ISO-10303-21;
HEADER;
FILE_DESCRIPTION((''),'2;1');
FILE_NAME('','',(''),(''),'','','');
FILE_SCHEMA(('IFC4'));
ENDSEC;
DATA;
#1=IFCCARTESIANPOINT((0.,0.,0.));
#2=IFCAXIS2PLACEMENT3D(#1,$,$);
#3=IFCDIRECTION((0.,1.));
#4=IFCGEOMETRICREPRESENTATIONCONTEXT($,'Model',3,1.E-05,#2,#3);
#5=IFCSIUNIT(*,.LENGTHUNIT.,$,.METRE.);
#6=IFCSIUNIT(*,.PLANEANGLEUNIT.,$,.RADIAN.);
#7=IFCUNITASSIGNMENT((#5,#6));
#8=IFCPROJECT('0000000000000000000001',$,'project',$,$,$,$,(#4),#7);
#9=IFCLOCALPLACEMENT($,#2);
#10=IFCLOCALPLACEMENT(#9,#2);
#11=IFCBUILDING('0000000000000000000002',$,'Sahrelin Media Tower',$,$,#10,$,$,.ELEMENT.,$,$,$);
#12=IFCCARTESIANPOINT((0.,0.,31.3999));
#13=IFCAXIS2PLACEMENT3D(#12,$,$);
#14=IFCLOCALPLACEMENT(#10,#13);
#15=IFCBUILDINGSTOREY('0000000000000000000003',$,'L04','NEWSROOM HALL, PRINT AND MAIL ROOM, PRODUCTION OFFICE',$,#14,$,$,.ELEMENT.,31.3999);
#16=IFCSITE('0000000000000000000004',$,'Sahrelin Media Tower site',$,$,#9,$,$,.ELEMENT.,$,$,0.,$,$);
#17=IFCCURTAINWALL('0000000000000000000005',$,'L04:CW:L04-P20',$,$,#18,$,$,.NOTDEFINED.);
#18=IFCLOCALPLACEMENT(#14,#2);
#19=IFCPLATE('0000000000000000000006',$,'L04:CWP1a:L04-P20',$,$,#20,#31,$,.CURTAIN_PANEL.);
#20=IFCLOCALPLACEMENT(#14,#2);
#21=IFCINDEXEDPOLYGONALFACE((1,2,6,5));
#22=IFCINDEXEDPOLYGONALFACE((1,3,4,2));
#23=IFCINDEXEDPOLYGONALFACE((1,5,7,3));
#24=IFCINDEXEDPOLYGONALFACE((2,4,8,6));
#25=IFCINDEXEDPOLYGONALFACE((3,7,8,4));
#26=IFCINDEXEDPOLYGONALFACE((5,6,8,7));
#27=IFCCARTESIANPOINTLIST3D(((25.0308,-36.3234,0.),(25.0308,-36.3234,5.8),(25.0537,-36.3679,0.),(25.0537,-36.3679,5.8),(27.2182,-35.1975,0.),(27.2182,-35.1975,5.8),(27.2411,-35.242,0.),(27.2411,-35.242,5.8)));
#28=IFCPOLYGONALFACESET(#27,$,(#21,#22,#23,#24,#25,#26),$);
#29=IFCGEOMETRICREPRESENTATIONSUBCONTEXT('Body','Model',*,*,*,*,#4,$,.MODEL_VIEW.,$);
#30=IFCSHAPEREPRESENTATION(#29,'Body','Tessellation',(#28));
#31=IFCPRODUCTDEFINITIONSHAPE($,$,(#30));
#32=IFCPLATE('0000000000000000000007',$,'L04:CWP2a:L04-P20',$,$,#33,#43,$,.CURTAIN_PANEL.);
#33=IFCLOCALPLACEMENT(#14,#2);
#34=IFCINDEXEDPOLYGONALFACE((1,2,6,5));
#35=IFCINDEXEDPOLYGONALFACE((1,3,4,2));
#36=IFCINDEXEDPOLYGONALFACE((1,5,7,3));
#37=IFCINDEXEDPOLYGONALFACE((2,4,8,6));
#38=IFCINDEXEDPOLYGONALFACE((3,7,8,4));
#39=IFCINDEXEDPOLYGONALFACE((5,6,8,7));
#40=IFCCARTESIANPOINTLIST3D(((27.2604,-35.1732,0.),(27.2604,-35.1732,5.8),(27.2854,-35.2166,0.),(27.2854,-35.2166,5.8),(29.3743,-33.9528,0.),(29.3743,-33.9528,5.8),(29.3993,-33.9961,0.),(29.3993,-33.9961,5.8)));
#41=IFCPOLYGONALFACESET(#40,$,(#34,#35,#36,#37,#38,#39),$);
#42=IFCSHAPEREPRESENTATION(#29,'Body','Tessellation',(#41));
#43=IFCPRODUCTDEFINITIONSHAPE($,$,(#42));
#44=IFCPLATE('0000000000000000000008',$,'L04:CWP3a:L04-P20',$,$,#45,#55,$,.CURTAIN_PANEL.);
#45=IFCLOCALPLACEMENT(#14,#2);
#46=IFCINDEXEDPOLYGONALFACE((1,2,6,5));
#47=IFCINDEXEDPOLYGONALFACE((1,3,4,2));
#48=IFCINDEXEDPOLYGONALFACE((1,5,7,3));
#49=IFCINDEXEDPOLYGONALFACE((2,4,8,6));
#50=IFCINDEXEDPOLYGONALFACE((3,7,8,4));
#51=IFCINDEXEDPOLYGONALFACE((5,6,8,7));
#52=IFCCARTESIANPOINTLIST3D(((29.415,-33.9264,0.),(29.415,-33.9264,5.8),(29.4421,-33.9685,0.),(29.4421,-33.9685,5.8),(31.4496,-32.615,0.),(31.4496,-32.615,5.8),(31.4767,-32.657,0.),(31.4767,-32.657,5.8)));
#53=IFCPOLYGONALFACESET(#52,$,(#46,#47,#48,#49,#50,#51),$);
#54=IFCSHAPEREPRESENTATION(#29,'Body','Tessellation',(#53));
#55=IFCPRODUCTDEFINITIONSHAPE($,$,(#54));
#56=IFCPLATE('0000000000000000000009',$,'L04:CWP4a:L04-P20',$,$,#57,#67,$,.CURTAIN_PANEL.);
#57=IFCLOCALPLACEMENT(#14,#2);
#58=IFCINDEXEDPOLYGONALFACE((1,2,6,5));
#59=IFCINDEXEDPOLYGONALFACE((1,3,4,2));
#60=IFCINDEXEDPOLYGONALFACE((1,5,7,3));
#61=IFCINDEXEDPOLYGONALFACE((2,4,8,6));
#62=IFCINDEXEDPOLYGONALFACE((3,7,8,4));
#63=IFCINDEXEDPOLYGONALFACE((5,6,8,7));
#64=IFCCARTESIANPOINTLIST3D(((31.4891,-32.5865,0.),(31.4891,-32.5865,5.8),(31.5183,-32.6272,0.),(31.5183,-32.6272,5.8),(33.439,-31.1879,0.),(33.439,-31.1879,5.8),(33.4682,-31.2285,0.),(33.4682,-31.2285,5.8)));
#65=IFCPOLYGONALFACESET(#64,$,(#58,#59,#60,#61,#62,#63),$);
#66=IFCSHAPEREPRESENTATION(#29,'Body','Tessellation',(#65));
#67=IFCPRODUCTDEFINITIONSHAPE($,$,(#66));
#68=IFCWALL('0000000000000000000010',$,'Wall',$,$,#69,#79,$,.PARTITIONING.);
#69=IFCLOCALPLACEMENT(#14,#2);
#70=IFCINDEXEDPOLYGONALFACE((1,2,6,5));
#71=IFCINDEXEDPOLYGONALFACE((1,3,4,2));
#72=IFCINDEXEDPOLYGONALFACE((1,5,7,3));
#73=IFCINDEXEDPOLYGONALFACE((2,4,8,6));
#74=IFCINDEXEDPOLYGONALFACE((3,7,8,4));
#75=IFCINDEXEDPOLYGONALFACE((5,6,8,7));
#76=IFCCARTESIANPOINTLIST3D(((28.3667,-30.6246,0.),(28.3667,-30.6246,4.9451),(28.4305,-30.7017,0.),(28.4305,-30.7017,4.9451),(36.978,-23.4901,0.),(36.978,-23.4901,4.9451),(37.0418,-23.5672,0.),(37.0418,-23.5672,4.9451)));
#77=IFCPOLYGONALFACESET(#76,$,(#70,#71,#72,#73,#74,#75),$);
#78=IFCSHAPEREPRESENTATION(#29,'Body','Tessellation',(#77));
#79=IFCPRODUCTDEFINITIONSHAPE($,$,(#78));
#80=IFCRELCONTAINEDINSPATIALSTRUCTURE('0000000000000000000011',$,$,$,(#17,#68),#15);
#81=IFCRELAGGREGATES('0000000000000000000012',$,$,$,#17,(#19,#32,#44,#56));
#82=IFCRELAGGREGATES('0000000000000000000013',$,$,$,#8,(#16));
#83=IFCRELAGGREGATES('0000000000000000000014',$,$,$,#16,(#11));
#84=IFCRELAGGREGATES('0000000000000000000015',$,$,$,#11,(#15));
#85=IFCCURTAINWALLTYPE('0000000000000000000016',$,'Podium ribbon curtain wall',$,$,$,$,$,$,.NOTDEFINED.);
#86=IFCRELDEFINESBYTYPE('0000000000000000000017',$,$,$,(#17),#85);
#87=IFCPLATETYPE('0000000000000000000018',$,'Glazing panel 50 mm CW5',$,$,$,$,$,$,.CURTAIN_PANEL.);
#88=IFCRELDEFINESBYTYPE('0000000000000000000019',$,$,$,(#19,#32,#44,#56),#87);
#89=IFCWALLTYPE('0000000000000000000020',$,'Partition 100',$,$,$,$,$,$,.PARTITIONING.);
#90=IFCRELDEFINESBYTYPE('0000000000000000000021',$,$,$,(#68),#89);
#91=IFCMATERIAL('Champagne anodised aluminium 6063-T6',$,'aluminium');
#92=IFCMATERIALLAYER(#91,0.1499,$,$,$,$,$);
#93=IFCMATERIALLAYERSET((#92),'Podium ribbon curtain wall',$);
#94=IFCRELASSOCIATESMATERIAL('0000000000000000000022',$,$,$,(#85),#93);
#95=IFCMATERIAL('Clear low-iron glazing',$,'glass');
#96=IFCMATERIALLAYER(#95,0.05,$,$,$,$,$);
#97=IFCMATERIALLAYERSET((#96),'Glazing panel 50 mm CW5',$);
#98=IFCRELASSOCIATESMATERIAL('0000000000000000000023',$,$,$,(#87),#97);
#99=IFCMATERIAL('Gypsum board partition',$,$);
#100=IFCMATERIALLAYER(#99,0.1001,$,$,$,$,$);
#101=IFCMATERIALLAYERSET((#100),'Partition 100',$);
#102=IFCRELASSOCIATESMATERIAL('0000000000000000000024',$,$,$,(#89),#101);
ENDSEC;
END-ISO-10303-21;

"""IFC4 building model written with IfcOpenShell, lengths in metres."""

from ifc_helpers import new_model, si_unit, direction, frame, frame_2d, origin, place, context, subcontext, project, spatial, polyline, rectangle, outline, extrude, material, layer, layer_set, type_object, element, aggregate, save


model = new_model("IFC4")

# Units and contexts
model_context = context("Model", 3, precision=1e-05, world=origin(), true_north=direction((0.0, 1.0)))
body_context = subcontext(model_context, "Body", "Model", "MODEL_VIEW")
ifc_project = project(units=[si_unit("LENGTHUNIT", "METRE"), si_unit("PLANEANGLEUNIT", "RADIAN")], contexts=[model_context])

# Site, building, storey
site_placement = place(None, origin())
site = spatial("IfcSite", under=ifc_project, at=site_placement, Name="Sahrelin Media Tower site", CompositionType="ELEMENT", RefElevation=0.0)
building_placement = place(site_placement, origin())
building = spatial("IfcBuilding", under=site, at=building_placement, Name="Sahrelin Media Tower", CompositionType="ELEMENT")
storey_placement = place(building_placement, frame((0.0, 0.0, 31.3999)))
storey = spatial("IfcBuildingStorey", under=building, at=storey_placement, Name="L04", Description="NEWSROOM HALL, PRINT AND MAIL ROOM, PRODUCTION OFFICE", CompositionType="ELEMENT", Elevation=31.3999)

# Curtain wall
ifc_material_1 = material(Name="Champagne anodised aluminium 6063-T6", Category="aluminium")
ifc_layer_1 = layer(ifc_material_1, 0.1499)
ifc_layer_set_1 = layer_set([ifc_layer_1], Name="Podium ribbon curtain wall")
curtain_wall_type = type_object("IfcCurtainWallType", Name="Podium ribbon curtain wall", PredefinedType="NOTDEFINED", material=ifc_layer_set_1)
curtain_wall_1_placement = place(storey_placement, frame((25.0, -36.373, 0.0), z_axis=(0.0, 0.0, 1.0), x_axis=(1.0, 0.0, 0.0)))
curtain_wall_1 = element("IfcCurtainWall", 1, at=curtain_wall_1_placement, inside=storey, type_object=curtain_wall_type, Name="L04:CW:L04-P20", PredefinedType="NOTDEFINED")

# Plates
ifc_material_2 = material(Name="Clear low-iron glazing", Category="glass")
ifc_layer_2 = layer(ifc_material_2, 0.05)
ifc_layer_set_2 = layer_set([ifc_layer_2], Name="Glazing panel 50 mm CW5")
plate_type = type_object("IfcPlateType", Name="Glazing panel 50 mm CW5", PredefinedType="CURTAIN_PANEL", material=ifc_layer_set_2)
plate_1_placement = place(storey_placement, frame((25.0537, -36.3679, 0.0), z_axis=(0.457662, -0.889126, 0.0), x_axis=(0.889126, 0.457662, 0.0)))
plate_1 = element("IfcPlate", 2, at=plate_1_placement, type_object=plate_type, Name="L04:CWP1a:L04-P20", PredefinedType="CURTAIN_PANEL", context=body_context, shape_type="SweptSolid", body=[
    extrude(outline(polyline([(0.0, 0.0), (2.4602, 0.0), (2.4602, 5.8), (0.0, 5.8), (0.0, 0.0)])), origin(), (0.0, 0.0, -1.0), 0.05),
])
plate_2_placement = place(storey_placement, frame((27.2854, -35.2166, 0.0), z_axis=(0.499979, -0.866037, 0.0), x_axis=(0.866037, 0.499979, 0.0)))
plate_2 = element("IfcPlate", 3, at=plate_2_placement, type_object=plate_type, Name="L04:CWP2a:L04-P20", PredefinedType="CURTAIN_PANEL", context=body_context, shape_type="SweptSolid", body=[
    extrude(outline(polyline([(0.0, 0.0), (2.4409, 0.0), (2.4409, 5.8), (0.0, 5.8), (0.0, 0.0)])), origin(), (0.0, 0.0, -1.0), 0.05),
])
plate_3_placement = place(storey_placement, frame((29.4421, -33.9685, 0.0), z_axis=(0.541787, -0.840516, 0.0), x_axis=(0.840516, 0.541787, 0.0)))
plate_3 = element("IfcPlate", 4, at=plate_3_placement, type_object=plate_type, Name="L04:CWP3a:L04-P20", PredefinedType="CURTAIN_PANEL", context=body_context, shape_type="SweptSolid", body=[
    extrude(outline(polyline([(0.0, 0.0), (2.4207, 0.0), (2.4207, 5.8), (0.0, 5.8), (0.0, 0.0)])), origin(), (0.0, 0.0, -1.0), 0.05),
])
plate_4_placement = place(storey_placement, frame((31.5183, -32.6272, 0.0), z_axis=(0.582854, -0.812577, 0.0), x_axis=(0.812577, 0.582854, 0.0)))
plate_4 = element("IfcPlate", 5, at=plate_4_placement, type_object=plate_type, Name="L04:CWP4a:L04-P20", PredefinedType="CURTAIN_PANEL", context=body_context, shape_type="SweptSolid", body=[
    extrude(outline(polyline([(0.0, 0.0), (2.3997, 0.0), (2.3997, 5.8), (0.0, 5.8), (0.0, 0.0)])), origin(), (0.0, 0.0, -1.0), 0.05),
])
aggregate(curtain_wall_1, [plate_1, plate_2, plate_3, plate_4])

# Wall
ifc_material_3 = material(Name="Gypsum board partition")
ifc_layer_3 = layer(ifc_material_3, 0.1001)
ifc_layer_set_3 = layer_set([ifc_layer_3], Name="Partition 100")
wall_type = type_object("IfcWallType", Name="Partition 100", PredefinedType="PARTITIONING", material=ifc_layer_set_3)
wall_placement = place(storey_placement, frame((28.3987, -30.6631, 0.0), z_axis=(0.0, 0.0, 1.0), x_axis=(0.770047, 0.637987, 0.0)))
element("IfcWall", 6, at=wall_placement, inside=storey, type_object=wall_type, Name="Wall", PredefinedType="PARTITIONING", context=body_context, shape_type="SweptSolid", body=[
    extrude(rectangle(XDim=11.1829, YDim=0.1001, at=frame_2d((5.5913, 0.0))), origin(), (0.0, 0.0, 1.0), 4.9451),
])

save(model, "model.ifc")
